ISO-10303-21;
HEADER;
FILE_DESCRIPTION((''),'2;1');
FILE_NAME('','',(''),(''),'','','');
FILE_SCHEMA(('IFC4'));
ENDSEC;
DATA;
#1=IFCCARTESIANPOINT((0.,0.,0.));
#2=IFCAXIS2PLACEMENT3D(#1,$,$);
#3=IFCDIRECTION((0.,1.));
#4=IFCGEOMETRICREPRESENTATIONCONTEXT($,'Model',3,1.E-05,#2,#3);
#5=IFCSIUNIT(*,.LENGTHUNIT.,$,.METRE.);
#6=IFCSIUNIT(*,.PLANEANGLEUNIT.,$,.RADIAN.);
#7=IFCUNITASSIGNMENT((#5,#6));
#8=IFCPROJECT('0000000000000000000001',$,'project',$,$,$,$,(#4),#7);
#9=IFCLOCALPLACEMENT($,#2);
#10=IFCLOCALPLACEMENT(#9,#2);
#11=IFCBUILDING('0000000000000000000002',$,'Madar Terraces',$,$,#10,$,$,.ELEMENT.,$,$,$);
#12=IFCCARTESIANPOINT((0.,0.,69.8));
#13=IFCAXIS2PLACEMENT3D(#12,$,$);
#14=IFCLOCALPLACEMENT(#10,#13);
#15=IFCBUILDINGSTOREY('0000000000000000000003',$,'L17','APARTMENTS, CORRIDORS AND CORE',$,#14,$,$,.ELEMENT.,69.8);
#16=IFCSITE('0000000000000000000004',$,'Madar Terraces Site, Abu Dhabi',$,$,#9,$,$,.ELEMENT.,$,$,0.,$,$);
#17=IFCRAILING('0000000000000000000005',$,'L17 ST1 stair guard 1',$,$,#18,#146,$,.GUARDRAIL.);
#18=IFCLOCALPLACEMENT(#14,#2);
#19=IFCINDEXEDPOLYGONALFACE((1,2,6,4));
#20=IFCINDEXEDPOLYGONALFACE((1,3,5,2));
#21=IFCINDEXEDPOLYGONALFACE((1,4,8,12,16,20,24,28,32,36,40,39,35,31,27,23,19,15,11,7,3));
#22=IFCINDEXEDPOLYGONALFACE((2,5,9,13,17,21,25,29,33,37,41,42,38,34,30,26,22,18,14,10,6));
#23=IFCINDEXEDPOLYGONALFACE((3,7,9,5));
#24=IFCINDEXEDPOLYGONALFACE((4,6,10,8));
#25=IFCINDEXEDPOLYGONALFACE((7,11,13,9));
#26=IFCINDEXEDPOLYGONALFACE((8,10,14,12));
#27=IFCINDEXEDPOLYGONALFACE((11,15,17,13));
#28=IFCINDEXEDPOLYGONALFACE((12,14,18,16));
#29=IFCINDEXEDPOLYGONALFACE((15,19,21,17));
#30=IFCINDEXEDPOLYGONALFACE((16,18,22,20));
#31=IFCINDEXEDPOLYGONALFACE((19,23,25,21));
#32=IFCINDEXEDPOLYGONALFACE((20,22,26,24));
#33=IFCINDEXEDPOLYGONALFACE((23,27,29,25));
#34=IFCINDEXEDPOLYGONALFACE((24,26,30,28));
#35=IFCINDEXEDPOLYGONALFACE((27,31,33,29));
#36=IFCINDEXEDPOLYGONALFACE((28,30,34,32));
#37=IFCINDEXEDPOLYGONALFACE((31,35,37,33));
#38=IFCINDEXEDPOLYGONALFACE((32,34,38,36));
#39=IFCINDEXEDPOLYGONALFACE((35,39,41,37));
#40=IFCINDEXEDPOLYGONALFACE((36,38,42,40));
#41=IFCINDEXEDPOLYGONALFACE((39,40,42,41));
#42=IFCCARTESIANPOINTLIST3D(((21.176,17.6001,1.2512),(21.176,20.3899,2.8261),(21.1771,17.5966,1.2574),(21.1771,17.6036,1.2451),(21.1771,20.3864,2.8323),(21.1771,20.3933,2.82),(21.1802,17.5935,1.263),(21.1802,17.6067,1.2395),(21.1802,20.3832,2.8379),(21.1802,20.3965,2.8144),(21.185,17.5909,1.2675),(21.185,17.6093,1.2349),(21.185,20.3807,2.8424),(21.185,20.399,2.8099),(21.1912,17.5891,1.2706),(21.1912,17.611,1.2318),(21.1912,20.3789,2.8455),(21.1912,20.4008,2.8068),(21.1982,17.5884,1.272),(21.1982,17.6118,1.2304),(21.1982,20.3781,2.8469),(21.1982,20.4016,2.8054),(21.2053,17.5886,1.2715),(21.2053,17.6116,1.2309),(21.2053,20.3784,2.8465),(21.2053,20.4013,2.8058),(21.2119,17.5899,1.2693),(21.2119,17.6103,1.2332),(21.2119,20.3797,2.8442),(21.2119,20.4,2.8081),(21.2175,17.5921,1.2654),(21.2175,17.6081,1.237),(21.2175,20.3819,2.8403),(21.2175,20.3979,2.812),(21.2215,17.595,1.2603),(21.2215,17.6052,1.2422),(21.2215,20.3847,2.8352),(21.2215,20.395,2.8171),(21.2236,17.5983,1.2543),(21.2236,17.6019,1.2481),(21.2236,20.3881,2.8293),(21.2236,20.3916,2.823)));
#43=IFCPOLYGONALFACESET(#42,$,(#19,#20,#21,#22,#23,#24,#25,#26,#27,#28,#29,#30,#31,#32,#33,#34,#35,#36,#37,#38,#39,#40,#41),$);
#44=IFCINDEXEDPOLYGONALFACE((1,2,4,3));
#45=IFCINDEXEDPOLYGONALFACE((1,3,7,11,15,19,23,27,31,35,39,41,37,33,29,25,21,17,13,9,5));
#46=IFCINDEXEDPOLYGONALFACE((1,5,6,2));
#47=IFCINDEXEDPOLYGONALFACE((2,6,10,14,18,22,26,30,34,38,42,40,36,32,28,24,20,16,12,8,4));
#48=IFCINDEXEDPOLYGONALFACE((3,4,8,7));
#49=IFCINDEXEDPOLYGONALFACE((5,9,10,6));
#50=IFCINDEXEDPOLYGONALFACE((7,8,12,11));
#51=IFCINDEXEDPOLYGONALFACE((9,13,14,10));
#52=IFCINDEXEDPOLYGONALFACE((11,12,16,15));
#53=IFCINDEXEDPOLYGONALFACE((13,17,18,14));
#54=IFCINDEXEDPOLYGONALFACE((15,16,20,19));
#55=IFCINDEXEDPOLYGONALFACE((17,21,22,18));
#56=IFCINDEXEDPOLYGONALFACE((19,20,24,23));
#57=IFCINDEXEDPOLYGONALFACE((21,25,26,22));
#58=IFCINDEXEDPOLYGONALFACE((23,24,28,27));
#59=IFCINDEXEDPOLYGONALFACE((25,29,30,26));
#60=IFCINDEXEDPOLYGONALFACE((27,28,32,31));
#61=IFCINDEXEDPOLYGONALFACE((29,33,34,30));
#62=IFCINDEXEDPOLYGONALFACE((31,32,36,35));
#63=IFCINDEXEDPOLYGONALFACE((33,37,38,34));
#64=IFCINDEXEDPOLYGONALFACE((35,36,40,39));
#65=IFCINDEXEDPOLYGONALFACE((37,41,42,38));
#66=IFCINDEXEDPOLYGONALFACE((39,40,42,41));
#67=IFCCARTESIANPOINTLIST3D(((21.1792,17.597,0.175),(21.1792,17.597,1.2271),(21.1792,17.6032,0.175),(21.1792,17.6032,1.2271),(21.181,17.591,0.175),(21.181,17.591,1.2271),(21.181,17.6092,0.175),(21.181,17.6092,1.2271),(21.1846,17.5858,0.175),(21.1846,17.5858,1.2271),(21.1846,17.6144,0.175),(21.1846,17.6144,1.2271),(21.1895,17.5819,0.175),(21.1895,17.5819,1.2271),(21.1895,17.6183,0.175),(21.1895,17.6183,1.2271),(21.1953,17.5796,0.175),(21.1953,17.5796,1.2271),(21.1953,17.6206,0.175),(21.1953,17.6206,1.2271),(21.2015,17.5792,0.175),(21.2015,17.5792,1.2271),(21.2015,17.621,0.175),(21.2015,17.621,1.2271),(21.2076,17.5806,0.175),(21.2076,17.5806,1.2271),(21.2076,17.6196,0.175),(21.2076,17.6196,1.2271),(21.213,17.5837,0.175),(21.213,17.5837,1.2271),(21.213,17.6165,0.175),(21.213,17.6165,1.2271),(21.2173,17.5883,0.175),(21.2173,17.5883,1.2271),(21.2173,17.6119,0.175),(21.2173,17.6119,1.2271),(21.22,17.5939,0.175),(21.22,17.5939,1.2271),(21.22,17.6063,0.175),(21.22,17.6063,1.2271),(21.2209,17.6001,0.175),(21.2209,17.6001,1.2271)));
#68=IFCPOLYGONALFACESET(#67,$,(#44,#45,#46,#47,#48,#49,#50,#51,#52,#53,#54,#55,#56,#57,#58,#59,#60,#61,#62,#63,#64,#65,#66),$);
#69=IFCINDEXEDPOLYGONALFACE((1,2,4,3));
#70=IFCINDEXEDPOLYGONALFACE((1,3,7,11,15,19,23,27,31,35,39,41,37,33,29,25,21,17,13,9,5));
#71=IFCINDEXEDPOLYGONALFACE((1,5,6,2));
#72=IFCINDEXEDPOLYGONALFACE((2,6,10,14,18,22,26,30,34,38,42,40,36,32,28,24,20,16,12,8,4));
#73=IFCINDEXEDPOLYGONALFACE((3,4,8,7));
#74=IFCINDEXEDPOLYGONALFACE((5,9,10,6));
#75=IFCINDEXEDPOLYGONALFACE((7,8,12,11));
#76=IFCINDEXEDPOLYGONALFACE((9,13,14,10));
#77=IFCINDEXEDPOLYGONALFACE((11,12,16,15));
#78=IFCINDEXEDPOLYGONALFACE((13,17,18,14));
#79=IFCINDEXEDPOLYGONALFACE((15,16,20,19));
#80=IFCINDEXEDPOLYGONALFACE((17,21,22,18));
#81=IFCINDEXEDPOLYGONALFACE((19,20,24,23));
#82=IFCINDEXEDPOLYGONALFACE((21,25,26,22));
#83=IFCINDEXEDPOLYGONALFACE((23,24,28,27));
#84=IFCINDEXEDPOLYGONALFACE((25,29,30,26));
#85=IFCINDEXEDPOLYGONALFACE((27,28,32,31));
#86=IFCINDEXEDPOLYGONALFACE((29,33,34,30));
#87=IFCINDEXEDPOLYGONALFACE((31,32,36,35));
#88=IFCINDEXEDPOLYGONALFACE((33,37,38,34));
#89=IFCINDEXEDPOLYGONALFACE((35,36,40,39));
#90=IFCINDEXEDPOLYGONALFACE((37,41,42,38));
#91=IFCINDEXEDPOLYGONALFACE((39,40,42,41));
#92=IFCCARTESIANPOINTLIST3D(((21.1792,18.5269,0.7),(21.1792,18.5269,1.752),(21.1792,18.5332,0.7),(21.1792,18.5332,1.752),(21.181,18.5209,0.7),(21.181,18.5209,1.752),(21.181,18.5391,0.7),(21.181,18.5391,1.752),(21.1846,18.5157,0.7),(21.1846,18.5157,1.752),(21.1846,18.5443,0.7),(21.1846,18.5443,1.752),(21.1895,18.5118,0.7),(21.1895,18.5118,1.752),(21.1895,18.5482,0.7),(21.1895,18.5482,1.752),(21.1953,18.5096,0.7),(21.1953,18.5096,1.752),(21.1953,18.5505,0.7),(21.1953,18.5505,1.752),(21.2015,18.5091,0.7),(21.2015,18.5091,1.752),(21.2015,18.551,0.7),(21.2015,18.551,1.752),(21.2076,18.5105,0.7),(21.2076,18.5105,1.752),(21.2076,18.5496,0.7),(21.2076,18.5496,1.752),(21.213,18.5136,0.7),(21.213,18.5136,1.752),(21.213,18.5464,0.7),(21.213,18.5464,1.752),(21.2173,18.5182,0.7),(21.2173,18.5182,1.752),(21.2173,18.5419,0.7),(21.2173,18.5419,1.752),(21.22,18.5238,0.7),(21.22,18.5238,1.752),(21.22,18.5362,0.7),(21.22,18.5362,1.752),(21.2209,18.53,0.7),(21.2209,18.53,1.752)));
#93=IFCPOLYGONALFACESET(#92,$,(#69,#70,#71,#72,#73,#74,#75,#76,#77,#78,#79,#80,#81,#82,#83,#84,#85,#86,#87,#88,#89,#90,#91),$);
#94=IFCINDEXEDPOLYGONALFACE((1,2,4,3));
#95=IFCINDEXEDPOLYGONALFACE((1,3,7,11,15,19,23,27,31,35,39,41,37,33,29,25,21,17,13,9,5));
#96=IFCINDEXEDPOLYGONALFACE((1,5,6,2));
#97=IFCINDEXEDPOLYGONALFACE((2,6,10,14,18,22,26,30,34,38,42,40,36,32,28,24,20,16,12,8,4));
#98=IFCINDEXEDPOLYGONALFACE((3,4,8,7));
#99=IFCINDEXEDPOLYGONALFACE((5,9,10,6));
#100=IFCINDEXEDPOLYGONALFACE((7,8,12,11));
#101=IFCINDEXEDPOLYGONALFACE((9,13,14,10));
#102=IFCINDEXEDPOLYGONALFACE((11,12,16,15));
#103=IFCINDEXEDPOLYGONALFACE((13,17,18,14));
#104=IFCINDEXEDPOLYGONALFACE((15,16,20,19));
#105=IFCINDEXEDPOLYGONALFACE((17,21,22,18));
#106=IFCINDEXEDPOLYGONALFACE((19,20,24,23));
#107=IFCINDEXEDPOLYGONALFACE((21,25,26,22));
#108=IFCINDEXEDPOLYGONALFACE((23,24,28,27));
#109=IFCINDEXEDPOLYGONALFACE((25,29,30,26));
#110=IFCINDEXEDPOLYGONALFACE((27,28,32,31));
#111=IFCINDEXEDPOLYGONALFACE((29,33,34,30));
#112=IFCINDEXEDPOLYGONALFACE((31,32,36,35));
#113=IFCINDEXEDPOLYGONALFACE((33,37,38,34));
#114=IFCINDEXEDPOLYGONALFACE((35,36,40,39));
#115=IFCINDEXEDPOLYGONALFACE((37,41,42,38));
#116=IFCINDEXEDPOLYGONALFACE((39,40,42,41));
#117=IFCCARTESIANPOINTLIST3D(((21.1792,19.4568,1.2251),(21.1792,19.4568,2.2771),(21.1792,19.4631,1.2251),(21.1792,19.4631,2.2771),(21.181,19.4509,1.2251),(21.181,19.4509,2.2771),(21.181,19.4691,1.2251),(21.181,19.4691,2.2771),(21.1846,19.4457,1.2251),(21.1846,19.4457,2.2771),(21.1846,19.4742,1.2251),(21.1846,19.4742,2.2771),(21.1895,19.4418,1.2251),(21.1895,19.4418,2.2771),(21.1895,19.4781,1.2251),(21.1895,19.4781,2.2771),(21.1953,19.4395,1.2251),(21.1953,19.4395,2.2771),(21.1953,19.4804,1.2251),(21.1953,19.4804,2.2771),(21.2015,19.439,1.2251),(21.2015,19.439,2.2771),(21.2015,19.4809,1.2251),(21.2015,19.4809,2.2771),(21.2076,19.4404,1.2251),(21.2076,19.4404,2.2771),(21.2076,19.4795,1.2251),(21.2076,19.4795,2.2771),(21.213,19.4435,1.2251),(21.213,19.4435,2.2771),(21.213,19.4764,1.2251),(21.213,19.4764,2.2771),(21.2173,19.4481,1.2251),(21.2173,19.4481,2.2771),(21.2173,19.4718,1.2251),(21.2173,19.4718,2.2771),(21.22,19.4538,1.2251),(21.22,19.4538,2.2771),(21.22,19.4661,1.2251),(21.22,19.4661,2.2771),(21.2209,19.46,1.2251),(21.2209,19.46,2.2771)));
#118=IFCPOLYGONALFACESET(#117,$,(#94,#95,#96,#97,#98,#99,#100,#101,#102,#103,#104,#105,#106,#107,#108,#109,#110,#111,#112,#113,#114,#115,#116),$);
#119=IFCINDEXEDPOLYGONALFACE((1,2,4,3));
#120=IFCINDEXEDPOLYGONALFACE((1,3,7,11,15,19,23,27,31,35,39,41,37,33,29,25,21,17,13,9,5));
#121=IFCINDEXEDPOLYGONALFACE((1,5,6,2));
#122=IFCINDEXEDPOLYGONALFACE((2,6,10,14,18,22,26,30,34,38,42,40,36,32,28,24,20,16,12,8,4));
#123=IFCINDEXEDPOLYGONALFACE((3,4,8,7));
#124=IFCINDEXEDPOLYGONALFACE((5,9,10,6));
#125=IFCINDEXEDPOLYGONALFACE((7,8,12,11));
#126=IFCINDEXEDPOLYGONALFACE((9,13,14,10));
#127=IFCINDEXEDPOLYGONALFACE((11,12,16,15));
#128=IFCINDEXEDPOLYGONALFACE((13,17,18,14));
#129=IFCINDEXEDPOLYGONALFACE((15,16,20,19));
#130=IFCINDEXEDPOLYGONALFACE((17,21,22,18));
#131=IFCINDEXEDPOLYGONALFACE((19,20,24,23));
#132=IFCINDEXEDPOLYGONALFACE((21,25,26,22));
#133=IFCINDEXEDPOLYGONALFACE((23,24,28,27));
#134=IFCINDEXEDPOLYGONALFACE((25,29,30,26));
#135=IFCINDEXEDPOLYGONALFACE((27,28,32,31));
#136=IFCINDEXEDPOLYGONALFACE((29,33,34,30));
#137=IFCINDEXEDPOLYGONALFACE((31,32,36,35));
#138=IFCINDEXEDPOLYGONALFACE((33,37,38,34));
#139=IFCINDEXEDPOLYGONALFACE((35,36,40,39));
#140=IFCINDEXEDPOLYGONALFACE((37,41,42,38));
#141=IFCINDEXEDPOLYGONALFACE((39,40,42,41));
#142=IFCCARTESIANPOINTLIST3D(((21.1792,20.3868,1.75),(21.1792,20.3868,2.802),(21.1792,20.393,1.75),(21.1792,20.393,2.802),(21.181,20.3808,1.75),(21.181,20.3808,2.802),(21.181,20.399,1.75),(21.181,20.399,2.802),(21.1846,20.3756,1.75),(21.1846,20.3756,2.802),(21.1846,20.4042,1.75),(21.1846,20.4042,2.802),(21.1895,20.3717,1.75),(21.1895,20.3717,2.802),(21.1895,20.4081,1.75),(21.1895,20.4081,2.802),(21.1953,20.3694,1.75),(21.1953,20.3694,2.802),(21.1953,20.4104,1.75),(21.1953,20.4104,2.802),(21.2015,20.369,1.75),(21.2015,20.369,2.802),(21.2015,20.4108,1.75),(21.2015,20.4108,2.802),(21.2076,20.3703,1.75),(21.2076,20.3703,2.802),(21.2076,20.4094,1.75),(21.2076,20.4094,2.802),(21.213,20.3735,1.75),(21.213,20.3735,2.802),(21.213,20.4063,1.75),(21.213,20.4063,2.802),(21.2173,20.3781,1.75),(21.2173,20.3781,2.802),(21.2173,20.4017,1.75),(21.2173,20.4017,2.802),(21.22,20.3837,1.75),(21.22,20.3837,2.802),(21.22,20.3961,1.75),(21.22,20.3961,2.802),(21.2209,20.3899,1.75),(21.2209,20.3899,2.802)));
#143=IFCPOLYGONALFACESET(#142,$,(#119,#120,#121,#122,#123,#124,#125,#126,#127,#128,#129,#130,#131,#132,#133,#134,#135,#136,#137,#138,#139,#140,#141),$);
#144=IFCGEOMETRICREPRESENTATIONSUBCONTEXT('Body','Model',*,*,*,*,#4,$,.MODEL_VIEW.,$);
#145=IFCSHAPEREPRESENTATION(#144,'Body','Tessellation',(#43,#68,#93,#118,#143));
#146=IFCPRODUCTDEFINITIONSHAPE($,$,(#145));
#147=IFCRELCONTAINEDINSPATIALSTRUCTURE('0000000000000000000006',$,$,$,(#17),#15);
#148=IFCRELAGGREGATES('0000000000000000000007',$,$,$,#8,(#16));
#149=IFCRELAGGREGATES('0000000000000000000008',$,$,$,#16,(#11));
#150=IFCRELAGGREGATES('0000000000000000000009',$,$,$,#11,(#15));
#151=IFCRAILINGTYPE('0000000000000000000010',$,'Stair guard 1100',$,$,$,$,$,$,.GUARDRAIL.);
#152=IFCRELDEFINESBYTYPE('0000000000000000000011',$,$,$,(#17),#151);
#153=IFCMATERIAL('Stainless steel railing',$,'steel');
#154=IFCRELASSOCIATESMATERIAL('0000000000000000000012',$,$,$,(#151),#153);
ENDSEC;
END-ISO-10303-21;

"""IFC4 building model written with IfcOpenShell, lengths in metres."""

from ifc_helpers import new_model, si_unit, direction, frame, origin, origin_2d, place, context, subcontext, project, spatial, circle, extrude, material, type_object, element, save


model = new_model("IFC4")

# Units and contexts
model_context = context("Model", 3, precision=1e-05, world=origin(), true_north=direction((0.0, 1.0)))
body_context = subcontext(model_context, "Body", "Model", "MODEL_VIEW")
ifc_project = project(units=[si_unit("LENGTHUNIT", "METRE"), si_unit("PLANEANGLEUNIT", "RADIAN")], contexts=[model_context])

# Site, building, storey
site_placement = place(None, origin())
site = spatial("IfcSite", under=ifc_project, at=site_placement, Name="Madar Terraces Site, Abu Dhabi", CompositionType="ELEMENT", RefElevation=0.0)
building_placement = place(site_placement, origin())
building = spatial("IfcBuilding", under=site, at=building_placement, Name="Madar Terraces", CompositionType="ELEMENT")
storey_placement = place(building_placement, frame((0.0, 0.0, 69.8)))
storey = spatial("IfcBuildingStorey", under=building, at=storey_placement, Name="L17", Description="APARTMENTS, CORRIDORS AND CORE", CompositionType="ELEMENT", Elevation=69.8)

# Railing
ifc_material_1 = material(Name="Stainless steel railing", Category="steel")
railing_type_1 = type_object("IfcRailingType", Name="Stair guard 1100", PredefinedType="GUARDRAIL", material=ifc_material_1)
railing_1_placement = place(storey_placement, frame((21.2, 17.6001, 0.175)))
element("IfcRailing", 1, at=railing_1_placement, inside=storey, type_object=railing_type_1, Name="L17 ST1 stair guard 1", PredefinedType="GUARDRAIL", context=body_context, shape_type="SweptSolid", body=[
    extrude(circle(Radius=0.0239, at=origin_2d()), frame((0.0, 0.0, 1.0762), z_axis=(0.0, 0.870815, 0.49161), x_axis=(-1.0, 0.0, 0.0)), (0.0, 0.0, 1.0), 3.2036),
    extrude(circle(Radius=0.021, at=origin_2d()), origin(), (0.0, 0.0, 1.0), 1.052),
    extrude(circle(Radius=0.021, at=origin_2d()), frame((0.0, 0.9299, 0.5249)), (0.0, 0.0, 1.0), 1.052),
    extrude(circle(Radius=0.021, at=origin_2d()), frame((0.0, 1.8599, 1.05)), (0.0, 0.0, 1.0), 1.052),
    extrude(circle(Radius=0.021, at=origin_2d()), frame((0.0, 2.7898, 1.575)), (0.0, 0.0, 1.0), 1.052),
])

save(model, "model.ifc")
